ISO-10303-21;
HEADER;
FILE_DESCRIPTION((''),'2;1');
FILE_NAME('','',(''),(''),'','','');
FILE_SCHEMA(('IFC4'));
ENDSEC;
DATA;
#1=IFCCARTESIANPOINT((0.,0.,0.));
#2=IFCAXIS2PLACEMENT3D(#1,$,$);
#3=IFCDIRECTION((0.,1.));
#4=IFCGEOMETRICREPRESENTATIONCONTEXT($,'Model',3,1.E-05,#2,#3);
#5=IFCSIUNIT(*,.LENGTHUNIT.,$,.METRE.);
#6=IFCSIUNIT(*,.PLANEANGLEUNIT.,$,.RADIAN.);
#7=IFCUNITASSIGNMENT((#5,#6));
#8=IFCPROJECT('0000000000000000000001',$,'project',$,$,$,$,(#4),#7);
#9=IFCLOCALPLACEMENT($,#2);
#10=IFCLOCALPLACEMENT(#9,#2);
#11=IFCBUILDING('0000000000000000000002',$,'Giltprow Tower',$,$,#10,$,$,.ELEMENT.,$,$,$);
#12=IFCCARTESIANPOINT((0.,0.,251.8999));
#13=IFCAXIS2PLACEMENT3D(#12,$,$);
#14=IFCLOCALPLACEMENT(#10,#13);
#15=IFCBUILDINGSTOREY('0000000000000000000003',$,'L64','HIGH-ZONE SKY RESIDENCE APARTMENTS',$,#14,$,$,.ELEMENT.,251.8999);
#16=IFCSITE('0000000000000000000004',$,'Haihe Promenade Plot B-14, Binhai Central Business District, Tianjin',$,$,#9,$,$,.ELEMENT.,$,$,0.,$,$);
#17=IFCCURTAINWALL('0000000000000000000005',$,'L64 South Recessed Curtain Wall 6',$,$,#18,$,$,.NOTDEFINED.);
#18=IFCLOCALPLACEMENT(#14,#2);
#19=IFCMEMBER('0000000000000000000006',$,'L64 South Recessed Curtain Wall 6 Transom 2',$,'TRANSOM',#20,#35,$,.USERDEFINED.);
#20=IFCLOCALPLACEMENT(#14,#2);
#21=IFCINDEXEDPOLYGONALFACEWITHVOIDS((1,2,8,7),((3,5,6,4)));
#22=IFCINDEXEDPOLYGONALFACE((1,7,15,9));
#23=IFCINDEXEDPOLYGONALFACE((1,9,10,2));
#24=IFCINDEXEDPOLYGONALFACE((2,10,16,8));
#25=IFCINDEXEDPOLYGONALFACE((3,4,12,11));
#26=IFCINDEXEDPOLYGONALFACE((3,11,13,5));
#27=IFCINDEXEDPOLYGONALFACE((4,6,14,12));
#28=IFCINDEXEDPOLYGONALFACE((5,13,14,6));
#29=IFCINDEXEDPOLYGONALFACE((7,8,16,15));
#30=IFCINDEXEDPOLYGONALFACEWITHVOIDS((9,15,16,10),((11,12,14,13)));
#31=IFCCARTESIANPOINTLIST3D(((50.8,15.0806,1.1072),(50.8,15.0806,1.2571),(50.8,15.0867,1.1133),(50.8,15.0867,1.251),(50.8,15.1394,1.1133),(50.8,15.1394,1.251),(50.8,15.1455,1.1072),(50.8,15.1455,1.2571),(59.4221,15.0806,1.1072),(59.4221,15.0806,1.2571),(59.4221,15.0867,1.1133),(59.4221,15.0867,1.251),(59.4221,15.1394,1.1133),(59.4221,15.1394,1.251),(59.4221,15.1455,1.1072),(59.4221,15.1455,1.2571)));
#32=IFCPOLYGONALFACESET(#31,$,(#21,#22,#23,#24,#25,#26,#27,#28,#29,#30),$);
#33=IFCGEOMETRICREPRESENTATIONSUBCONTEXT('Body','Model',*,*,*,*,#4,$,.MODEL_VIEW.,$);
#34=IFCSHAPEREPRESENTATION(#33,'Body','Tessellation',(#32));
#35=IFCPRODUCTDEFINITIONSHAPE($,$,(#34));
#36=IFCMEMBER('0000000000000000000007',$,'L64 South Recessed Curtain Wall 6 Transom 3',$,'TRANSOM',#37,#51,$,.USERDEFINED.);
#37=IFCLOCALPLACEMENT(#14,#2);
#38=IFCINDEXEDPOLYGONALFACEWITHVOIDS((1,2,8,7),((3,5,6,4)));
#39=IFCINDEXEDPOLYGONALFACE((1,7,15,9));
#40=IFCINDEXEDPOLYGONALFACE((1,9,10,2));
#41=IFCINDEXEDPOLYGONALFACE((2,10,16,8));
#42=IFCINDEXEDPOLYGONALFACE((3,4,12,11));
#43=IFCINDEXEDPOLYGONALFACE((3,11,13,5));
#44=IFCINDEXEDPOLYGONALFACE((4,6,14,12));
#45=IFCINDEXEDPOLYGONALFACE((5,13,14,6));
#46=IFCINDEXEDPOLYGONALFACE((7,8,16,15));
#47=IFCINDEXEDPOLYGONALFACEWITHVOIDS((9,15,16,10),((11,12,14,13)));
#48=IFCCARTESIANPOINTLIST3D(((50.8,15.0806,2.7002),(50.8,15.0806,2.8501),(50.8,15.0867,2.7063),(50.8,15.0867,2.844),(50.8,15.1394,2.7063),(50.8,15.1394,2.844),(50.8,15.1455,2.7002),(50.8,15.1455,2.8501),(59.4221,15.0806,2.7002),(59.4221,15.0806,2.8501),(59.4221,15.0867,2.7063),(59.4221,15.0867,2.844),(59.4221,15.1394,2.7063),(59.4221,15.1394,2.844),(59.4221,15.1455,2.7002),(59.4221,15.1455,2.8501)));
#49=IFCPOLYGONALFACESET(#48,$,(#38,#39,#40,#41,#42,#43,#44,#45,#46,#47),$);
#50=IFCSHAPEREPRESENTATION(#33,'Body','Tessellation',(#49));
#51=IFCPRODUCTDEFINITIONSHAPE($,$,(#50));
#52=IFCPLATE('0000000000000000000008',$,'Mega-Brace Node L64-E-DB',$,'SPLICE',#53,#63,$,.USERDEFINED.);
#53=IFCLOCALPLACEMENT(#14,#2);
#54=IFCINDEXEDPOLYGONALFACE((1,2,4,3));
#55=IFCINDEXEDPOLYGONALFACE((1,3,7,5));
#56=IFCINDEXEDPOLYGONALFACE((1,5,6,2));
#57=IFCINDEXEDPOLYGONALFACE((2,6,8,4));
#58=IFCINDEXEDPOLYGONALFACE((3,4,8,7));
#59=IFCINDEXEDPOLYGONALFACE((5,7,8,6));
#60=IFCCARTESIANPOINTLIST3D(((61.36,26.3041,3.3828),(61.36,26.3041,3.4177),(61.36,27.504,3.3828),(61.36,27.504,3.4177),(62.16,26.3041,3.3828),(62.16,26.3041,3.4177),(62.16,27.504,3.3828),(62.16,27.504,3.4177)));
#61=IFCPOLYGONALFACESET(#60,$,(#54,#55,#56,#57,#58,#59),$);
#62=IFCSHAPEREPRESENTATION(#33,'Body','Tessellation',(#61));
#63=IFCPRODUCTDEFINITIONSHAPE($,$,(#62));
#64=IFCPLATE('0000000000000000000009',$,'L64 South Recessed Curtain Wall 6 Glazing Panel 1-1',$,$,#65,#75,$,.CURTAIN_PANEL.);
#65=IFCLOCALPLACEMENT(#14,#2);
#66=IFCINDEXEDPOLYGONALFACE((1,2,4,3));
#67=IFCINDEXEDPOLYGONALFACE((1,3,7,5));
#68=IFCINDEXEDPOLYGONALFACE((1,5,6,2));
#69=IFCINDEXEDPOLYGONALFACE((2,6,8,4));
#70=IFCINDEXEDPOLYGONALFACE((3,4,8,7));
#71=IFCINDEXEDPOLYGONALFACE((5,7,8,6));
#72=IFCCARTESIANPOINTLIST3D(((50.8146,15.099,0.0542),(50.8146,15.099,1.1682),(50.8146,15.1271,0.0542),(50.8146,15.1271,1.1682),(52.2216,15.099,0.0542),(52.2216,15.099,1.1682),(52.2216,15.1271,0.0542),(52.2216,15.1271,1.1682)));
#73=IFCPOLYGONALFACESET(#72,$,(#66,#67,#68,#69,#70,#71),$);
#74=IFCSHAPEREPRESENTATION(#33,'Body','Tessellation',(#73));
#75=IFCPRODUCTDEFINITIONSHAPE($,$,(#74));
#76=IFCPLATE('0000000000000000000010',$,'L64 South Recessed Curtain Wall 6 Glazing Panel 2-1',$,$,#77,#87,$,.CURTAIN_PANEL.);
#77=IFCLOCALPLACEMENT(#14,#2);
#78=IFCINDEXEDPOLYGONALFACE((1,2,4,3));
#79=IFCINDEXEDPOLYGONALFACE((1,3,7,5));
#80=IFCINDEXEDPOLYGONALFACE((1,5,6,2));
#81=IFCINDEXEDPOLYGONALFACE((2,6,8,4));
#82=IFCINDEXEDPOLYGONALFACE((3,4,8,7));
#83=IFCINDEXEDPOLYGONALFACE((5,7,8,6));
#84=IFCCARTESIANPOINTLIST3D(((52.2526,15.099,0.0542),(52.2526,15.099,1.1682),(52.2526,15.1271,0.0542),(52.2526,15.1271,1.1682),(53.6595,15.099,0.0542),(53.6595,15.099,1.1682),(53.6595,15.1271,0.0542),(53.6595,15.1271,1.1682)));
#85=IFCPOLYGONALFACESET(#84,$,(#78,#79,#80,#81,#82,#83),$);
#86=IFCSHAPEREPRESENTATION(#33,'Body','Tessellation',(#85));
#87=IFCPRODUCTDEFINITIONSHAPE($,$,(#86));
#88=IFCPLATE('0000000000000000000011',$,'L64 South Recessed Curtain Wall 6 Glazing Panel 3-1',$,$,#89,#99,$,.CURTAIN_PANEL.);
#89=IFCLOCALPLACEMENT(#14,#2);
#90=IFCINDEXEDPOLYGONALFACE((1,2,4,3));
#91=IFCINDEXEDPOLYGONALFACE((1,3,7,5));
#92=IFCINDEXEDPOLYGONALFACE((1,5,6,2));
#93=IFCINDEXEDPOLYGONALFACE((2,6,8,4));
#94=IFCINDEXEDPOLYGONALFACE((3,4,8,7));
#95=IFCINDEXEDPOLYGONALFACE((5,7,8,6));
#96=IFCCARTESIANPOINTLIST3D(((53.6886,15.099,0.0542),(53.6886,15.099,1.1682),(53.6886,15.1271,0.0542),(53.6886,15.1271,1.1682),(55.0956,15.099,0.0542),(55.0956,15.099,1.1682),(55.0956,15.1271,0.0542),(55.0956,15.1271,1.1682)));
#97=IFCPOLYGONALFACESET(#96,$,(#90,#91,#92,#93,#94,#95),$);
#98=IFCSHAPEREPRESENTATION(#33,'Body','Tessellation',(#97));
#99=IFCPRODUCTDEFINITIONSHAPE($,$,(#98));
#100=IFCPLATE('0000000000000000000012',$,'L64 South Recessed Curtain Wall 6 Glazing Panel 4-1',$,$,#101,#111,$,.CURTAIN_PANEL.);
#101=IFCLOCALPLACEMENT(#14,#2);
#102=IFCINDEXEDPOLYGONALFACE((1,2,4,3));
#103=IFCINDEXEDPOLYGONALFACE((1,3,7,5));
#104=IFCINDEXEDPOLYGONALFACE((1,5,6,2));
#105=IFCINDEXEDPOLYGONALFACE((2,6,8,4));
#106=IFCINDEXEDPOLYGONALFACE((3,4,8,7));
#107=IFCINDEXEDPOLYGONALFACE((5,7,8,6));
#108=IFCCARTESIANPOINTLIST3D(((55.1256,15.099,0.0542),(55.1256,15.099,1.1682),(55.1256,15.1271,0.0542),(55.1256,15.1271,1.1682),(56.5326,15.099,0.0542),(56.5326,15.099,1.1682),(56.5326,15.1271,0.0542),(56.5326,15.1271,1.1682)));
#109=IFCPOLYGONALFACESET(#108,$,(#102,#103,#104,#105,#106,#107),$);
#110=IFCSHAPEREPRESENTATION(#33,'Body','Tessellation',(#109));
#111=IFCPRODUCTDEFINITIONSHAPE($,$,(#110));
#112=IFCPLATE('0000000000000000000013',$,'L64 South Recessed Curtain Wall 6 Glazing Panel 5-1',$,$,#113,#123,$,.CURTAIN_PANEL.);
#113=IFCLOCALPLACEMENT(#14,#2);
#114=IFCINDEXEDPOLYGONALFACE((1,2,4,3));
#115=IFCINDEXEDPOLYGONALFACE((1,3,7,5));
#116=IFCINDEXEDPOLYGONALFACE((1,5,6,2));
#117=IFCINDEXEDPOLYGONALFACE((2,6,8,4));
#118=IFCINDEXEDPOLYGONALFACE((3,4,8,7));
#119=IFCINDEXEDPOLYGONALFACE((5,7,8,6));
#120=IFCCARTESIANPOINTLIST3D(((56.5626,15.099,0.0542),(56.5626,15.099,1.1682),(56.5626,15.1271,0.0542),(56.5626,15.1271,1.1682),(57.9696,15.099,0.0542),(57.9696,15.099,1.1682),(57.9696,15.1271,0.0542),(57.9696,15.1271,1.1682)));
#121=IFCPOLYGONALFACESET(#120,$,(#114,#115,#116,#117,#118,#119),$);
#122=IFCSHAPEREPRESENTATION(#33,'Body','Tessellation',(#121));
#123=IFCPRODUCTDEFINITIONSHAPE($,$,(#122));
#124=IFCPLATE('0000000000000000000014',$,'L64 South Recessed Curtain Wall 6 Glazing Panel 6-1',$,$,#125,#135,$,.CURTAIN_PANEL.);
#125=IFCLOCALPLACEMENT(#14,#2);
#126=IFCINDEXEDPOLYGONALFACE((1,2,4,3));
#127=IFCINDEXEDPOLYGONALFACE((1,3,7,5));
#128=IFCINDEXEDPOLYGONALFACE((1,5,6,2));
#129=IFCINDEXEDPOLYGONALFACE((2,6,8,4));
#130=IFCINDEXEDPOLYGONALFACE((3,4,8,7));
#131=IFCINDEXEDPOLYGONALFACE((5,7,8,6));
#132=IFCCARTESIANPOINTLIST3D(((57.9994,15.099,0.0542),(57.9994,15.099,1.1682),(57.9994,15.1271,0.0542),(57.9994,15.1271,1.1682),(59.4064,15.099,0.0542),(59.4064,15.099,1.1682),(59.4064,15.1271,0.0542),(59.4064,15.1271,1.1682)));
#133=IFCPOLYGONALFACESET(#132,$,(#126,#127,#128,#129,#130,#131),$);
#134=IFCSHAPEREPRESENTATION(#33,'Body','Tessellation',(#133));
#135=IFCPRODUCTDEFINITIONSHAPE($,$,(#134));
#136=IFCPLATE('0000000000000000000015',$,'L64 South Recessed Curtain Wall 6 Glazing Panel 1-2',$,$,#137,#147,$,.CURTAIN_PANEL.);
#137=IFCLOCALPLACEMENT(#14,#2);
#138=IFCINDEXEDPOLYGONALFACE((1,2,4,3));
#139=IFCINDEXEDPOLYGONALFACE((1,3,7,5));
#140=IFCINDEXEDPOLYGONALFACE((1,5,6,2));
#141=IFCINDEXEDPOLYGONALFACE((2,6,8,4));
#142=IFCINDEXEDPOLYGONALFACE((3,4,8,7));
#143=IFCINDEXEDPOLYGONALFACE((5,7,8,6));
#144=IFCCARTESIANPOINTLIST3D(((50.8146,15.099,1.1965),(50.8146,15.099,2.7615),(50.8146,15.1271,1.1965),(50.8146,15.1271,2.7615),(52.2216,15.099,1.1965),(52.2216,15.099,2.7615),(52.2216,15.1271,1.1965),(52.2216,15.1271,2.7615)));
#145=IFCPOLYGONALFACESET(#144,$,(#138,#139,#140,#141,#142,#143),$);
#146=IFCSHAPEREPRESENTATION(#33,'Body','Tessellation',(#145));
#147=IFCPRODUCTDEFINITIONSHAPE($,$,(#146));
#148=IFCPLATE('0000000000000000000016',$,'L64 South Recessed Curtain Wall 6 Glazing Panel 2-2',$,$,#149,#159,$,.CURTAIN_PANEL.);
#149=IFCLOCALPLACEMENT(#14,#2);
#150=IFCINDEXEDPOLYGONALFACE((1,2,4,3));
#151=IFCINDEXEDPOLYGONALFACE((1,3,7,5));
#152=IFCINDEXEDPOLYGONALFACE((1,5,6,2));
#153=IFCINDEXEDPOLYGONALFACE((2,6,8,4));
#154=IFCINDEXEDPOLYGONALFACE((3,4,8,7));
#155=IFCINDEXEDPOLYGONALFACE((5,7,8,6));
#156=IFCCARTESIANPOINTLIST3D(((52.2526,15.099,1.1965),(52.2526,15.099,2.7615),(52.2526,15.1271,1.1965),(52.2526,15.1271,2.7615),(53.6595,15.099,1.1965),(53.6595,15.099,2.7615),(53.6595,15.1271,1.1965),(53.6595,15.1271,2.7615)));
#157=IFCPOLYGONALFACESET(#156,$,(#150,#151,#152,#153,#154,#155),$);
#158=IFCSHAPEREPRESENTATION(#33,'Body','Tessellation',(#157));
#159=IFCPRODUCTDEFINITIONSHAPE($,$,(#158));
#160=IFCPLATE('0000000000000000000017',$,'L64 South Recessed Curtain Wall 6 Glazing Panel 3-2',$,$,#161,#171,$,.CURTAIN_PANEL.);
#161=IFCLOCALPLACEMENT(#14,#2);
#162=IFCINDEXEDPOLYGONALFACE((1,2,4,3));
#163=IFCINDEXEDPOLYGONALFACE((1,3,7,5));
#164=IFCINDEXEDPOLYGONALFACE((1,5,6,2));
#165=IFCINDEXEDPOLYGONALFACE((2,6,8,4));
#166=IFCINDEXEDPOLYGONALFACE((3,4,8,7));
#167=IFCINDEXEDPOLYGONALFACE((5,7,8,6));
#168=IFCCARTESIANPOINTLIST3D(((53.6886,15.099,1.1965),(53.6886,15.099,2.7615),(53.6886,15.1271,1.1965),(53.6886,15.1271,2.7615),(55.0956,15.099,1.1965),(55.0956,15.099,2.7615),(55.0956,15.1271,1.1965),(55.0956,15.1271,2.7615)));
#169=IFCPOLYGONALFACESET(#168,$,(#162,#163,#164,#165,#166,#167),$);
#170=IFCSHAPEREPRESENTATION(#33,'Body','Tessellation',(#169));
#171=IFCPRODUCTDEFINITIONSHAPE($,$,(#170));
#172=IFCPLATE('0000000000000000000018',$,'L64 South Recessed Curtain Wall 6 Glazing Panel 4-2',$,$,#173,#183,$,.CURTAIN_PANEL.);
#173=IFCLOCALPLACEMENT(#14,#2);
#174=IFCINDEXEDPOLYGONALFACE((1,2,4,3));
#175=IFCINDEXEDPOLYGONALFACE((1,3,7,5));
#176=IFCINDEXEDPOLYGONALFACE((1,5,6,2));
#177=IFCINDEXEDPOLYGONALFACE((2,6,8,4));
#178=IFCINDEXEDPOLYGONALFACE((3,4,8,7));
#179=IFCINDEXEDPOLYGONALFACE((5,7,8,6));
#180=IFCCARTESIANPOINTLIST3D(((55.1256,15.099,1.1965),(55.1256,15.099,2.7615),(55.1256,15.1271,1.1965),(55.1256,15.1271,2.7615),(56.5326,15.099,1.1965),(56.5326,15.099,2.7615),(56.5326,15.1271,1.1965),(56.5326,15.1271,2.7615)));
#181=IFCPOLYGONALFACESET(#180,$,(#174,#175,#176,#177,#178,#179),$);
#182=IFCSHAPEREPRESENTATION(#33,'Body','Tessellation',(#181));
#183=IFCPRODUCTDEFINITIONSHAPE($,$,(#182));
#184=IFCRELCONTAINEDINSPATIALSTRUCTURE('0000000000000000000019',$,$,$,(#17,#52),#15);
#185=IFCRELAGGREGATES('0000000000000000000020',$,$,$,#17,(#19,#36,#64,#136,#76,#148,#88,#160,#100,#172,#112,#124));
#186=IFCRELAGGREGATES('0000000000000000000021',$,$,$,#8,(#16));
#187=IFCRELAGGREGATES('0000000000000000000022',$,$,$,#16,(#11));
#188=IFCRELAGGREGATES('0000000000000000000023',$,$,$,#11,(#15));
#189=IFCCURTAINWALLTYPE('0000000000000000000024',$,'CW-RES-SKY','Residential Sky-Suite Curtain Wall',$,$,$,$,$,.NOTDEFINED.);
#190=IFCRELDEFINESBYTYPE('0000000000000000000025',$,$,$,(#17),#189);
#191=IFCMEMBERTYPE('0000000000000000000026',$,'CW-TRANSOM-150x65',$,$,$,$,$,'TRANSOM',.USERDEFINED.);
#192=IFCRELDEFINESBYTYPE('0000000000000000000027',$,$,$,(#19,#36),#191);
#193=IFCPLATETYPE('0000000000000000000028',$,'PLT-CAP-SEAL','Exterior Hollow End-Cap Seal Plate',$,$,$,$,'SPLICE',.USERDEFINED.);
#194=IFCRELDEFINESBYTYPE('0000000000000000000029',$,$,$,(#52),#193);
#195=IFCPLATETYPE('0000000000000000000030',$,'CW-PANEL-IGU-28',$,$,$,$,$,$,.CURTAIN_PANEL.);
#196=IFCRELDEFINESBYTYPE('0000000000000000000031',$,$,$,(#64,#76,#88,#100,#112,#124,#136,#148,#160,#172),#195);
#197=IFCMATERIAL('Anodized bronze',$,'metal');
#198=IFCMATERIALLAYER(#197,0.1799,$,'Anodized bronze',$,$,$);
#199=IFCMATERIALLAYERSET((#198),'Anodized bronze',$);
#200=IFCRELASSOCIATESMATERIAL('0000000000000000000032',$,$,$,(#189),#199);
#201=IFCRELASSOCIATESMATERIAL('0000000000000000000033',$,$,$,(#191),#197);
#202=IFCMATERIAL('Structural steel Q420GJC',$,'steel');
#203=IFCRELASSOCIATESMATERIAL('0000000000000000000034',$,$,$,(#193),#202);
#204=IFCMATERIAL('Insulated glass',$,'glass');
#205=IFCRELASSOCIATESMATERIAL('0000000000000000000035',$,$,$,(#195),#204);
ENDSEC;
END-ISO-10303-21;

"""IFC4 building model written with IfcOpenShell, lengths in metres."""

from ifc_helpers import new_model, si_unit, direction, frame, origin, origin_2d, place, context, subcontext, project, spatial, rectangle, hollow_rectangle, extrude, source, transform, mapped, material, layer, layer_set, material_profile, profile_set, type_object, element, aggregate, save


model = new_model("IFC4")

# Units and contexts
model_context = context("Model", 3, precision=1e-05, world=origin(), true_north=direction((0.0, 1.0)))
body_context = subcontext(model_context, "Body", "Model", "MODEL_VIEW")
ifc_project = project(units=[si_unit("LENGTHUNIT", "METRE"), si_unit("PLANEANGLEUNIT", "RADIAN")], contexts=[model_context])

# Site, building, storey
site_placement = place(None, origin())
site = spatial("IfcSite", under=ifc_project, at=site_placement, Name="Haihe Promenade Plot B-14, Binhai Central Business District, Tianjin", CompositionType="ELEMENT", RefElevation=0.0)
building_placement = place(site_placement, origin())
building = spatial("IfcBuilding", under=site, at=building_placement, Name="Giltprow Tower", CompositionType="ELEMENT")
storey_placement = place(building_placement, frame((0.0, 0.0, 251.8999)))
storey = spatial("IfcBuildingStorey", under=building, at=storey_placement, Name="L64", Description="HIGH-ZONE SKY RESIDENCE APARTMENTS", CompositionType="ELEMENT", Elevation=251.8999)

# Shared definitions
ifc_material_1 = material(Name="Structural steel Q420GJC", Category="steel")

# Curtain wall, members
ifc_material_2 = material(Name="Anodized bronze", Category="metal")
ifc_layer_1 = layer(ifc_material_2, 0.1799, Name="Anodized bronze")
ifc_layer_set_1 = layer_set([ifc_layer_1], Name="Anodized bronze")
curtain_wall_type = type_object("IfcCurtainWallType", Name="CW-RES-SKY", Description="Residential Sky-Suite Curtain Wall", PredefinedType="NOTDEFINED", material=ifc_layer_set_1)
curtain_wall_placement = place(storey_placement, origin())
curtain_wall = element("IfcCurtainWall", 1, at=curtain_wall_placement, inside=storey, type_object=curtain_wall_type, Name="L64 South Recessed Curtain Wall 6", PredefinedType="NOTDEFINED")
ifc_material_profile_1 = material_profile(ifc_material_2, hollow_rectangle(XDim=0.0649, YDim=0.1499, WallThickness=0.0061, at=origin_2d()), Name="RHS 150x65x6")
ifc_profile_set_1 = profile_set([ifc_material_profile_1], Name="Anodized bronze")
member_type_1 = type_object("IfcMemberType", Name="CW-TRANSOM-150x65", ElementType="TRANSOM", PredefinedType="USERDEFINED", material=ifc_profile_set_1)
shared_shape_1 = source(origin(), body_context, "Body", "SweptSolid", [
    extrude(hollow_rectangle(XDim=0.0649, YDim=0.1499, WallThickness=0.0061, at=origin_2d()), origin(), (0.0, 0.0, 1.0), 8.6221),
])
member_1_placement = place(storey_placement, frame((50.8, 15.113, 1.1821), z_axis=(1.0, 0.0, 0.0), x_axis=(0.0, 1.0, 0.0)))
member_1 = element("IfcMember", 2, at=member_1_placement, type_object=member_type_1, Name="L64 South Recessed Curtain Wall 6 Transom 2", ObjectType="TRANSOM", PredefinedType="USERDEFINED", context=body_context, shape_type="MappedRepresentation", body=[
    mapped(shared_shape_1, transform((0.0, 0.0, 0.0), x_axis=(1.0, 0.0, 0.0), y_axis=(0.0, 1.0, 0.0), z_axis=(0.0, 0.0, 1.0), scale=1.0)),
])
member_2_placement = place(storey_placement, frame((50.8, 15.113, 2.7751), z_axis=(1.0, 0.0, 0.0), x_axis=(0.0, 1.0, 0.0)))
member_2 = element("IfcMember", 3, at=member_2_placement, type_object=member_type_1, Name="L64 South Recessed Curtain Wall 6 Transom 3", ObjectType="TRANSOM", PredefinedType="USERDEFINED", context=body_context, shape_type="MappedRepresentation", body=[
    mapped(shared_shape_1, transform((0.0, 0.0, 0.0), x_axis=(1.0, 0.0, 0.0), y_axis=(0.0, 1.0, 0.0), z_axis=(0.0, 0.0, 1.0), scale=1.0)),
])

# Plates
plate_type_1 = type_object("IfcPlateType", Name="PLT-CAP-SEAL", Description="Exterior Hollow End-Cap Seal Plate", ElementType="SPLICE", PredefinedType="USERDEFINED", material=ifc_material_1)
shared_shape_2 = source(origin(), body_context, "Body", "SweptSolid", [
    extrude(rectangle(XDim=1.2, YDim=0.8, at=origin_2d()), origin(), (0.0, 0.0, 1.0), 0.0349),
])
plate_1_placement = place(storey_placement, frame((61.76, 26.9041, 3.3828), z_axis=(0.0, 0.0, 1.0), x_axis=(0.0, 1.0, 0.0)))
element("IfcPlate", 4, at=plate_1_placement, inside=storey, type_object=plate_type_1, Name="Mega-Brace Node L64-E-DB", ObjectType="SPLICE", PredefinedType="USERDEFINED", context=body_context, shape_type="MappedRepresentation", body=[
    mapped(shared_shape_2, transform((0.0, 0.0, 0.0), x_axis=(1.0, 0.0, 0.0), y_axis=(0.0, 1.0, 0.0), z_axis=(0.0, 0.0, 1.0), scale=1.0)),
])
ifc_material_3 = material(Name="Insulated glass", Category="glass")
plate_type_2 = type_object("IfcPlateType", Name="CW-PANEL-IGU-28", PredefinedType="CURTAIN_PANEL", material=ifc_material_3)
shared_shape_3 = source(origin(), body_context, "Body", "SweptSolid", [
    extrude(rectangle(XDim=1.407, YDim=0.0281, at=origin_2d()), origin(), (0.0, 0.0, 1.0), 1.114),
])
plate_2_placement = place(storey_placement, frame((51.5181, 15.113, 0.0542), z_axis=(0.0, 0.0, 1.0), x_axis=(1.0, 0.0, 0.0)))
plate_2 = element("IfcPlate", 5, at=plate_2_placement, type_object=plate_type_2, Name="L64 South Recessed Curtain Wall 6 Glazing Panel 1-1", PredefinedType="CURTAIN_PANEL", context=body_context, shape_type="MappedRepresentation", body=[
    mapped(shared_shape_3, transform((0.0, 0.0, 0.0), x_axis=(1.0, 0.0, 0.0), y_axis=(0.0, 1.0, 0.0), z_axis=(0.0, 0.0, 1.0), scale=1.0)),
])
plate_3_placement = place(storey_placement, frame((52.9561, 15.113, 0.0542), z_axis=(0.0, 0.0, 1.0), x_axis=(1.0, 0.0, 0.0)))
plate_3 = element("IfcPlate", 6, at=plate_3_placement, type_object=plate_type_2, Name="L64 South Recessed Curtain Wall 6 Glazing Panel 2-1", PredefinedType="CURTAIN_PANEL", context=body_context, shape_type="MappedRepresentation", body=[
    mapped(shared_shape_3, transform((0.0, 0.0, 0.0), x_axis=(1.0, 0.0, 0.0), y_axis=(0.0, 1.0, 0.0), z_axis=(0.0, 0.0, 1.0), scale=1.0)),
])
plate_4_placement = place(storey_placement, frame((54.3921, 15.113, 0.0542), z_axis=(0.0, 0.0, 1.0), x_axis=(1.0, 0.0, 0.0)))
plate_4 = element("IfcPlate", 7, at=plate_4_placement, type_object=plate_type_2, Name="L64 South Recessed Curtain Wall 6 Glazing Panel 3-1", PredefinedType="CURTAIN_PANEL", context=body_context, shape_type="MappedRepresentation", body=[
    mapped(shared_shape_3, transform((0.0, 0.0, 0.0), x_axis=(1.0, 0.0, 0.0), y_axis=(0.0, 1.0, 0.0), z_axis=(0.0, 0.0, 1.0), scale=1.0)),
])
plate_5_placement = place(storey_placement, frame((55.8291, 15.113, 0.0542), z_axis=(0.0, 0.0, 1.0), x_axis=(1.0, 0.0, 0.0)))
plate_5 = element("IfcPlate", 8, at=plate_5_placement, type_object=plate_type_2, Name="L64 South Recessed Curtain Wall 6 Glazing Panel 4-1", PredefinedType="CURTAIN_PANEL", context=body_context, shape_type="MappedRepresentation", body=[
    mapped(shared_shape_3, transform((0.0, 0.0, 0.0), x_axis=(1.0, 0.0, 0.0), y_axis=(0.0, 1.0, 0.0), z_axis=(0.0, 0.0, 1.0), scale=1.0)),
])
plate_6_placement = place(storey_placement, frame((57.2661, 15.113, 0.0542), z_axis=(0.0, 0.0, 1.0), x_axis=(1.0, 0.0, 0.0)))
plate_6 = element("IfcPlate", 9, at=plate_6_placement, type_object=plate_type_2, Name="L64 South Recessed Curtain Wall 6 Glazing Panel 5-1", PredefinedType="CURTAIN_PANEL", context=body_context, shape_type="MappedRepresentation", body=[
    mapped(shared_shape_3, transform((0.0, 0.0, 0.0), x_axis=(1.0, 0.0, 0.0), y_axis=(0.0, 1.0, 0.0), z_axis=(0.0, 0.0, 1.0), scale=1.0)),
])
plate_7_placement = place(storey_placement, frame((58.7029, 15.113, 0.0542), z_axis=(0.0, 0.0, 1.0), x_axis=(1.0, 0.0, 0.0)))
plate_7 = element("IfcPlate", 10, at=plate_7_placement, type_object=plate_type_2, Name="L64 South Recessed Curtain Wall 6 Glazing Panel 6-1", PredefinedType="CURTAIN_PANEL", context=body_context, shape_type="MappedRepresentation", body=[
    mapped(shared_shape_3, transform((0.0, 0.0, 0.0), x_axis=(1.0, 0.0, 0.0), y_axis=(0.0, 1.0, 0.0), z_axis=(0.0, 0.0, 1.0), scale=1.0)),
])
shared_shape_4 = source(origin(), body_context, "Body", "SweptSolid", [
    extrude(rectangle(XDim=1.407, YDim=0.0281, at=origin_2d()), origin(), (0.0, 0.0, 1.0), 1.5649),
])
plate_8_placement = place(storey_placement, frame((51.5181, 15.113, 1.1965), z_axis=(0.0, 0.0, 1.0), x_axis=(1.0, 0.0, 0.0)))
plate_8 = element("IfcPlate", 11, at=plate_8_placement, type_object=plate_type_2, Name="L64 South Recessed Curtain Wall 6 Glazing Panel 1-2", PredefinedType="CURTAIN_PANEL", context=body_context, shape_type="MappedRepresentation", body=[
    mapped(shared_shape_4, transform((0.0, 0.0, 0.0), x_axis=(1.0, 0.0, 0.0), y_axis=(0.0, 1.0, 0.0), z_axis=(0.0, 0.0, 1.0), scale=1.0)),
])
plate_9_placement = place(storey_placement, frame((52.9561, 15.113, 1.1965), z_axis=(0.0, 0.0, 1.0), x_axis=(1.0, 0.0, 0.0)))
plate_9 = element("IfcPlate", 12, at=plate_9_placement, type_object=plate_type_2, Name="L64 South Recessed Curtain Wall 6 Glazing Panel 2-2", PredefinedType="CURTAIN_PANEL", context=body_context, shape_type="MappedRepresentation", body=[
    mapped(shared_shape_4, transform((0.0, 0.0, 0.0), x_axis=(1.0, 0.0, 0.0), y_axis=(0.0, 1.0, 0.0), z_axis=(0.0, 0.0, 1.0), scale=1.0)),
])
plate_10_placement = place(storey_placement, frame((54.3921, 15.113, 1.1965), z_axis=(0.0, 0.0, 1.0), x_axis=(1.0, 0.0, 0.0)))
plate_10 = element("IfcPlate", 13, at=plate_10_placement, type_object=plate_type_2, Name="L64 South Recessed Curtain Wall 6 Glazing Panel 3-2", PredefinedType="CURTAIN_PANEL", context=body_context, shape_type="MappedRepresentation", body=[
    mapped(shared_shape_4, transform((0.0, 0.0, 0.0), x_axis=(1.0, 0.0, 0.0), y_axis=(0.0, 1.0, 0.0), z_axis=(0.0, 0.0, 1.0), scale=1.0)),
])
plate_11_placement = place(storey_placement, frame((55.8291, 15.113, 1.1965), z_axis=(0.0, 0.0, 1.0), x_axis=(1.0, 0.0, 0.0)))
plate_11 = element("IfcPlate", 14, at=plate_11_placement, type_object=plate_type_2, Name="L64 South Recessed Curtain Wall 6 Glazing Panel 4-2", PredefinedType="CURTAIN_PANEL", context=body_context, shape_type="MappedRepresentation", body=[
    mapped(shared_shape_4, transform((0.0, 0.0, 0.0), x_axis=(1.0, 0.0, 0.0), y_axis=(0.0, 1.0, 0.0), z_axis=(0.0, 0.0, 1.0), scale=1.0)),
])
aggregate(curtain_wall, [member_1, member_2, plate_2, plate_8, plate_3, plate_9, plate_4, plate_10, plate_5, plate_11, plate_6, plate_7])

save(model, "model.ifc")
